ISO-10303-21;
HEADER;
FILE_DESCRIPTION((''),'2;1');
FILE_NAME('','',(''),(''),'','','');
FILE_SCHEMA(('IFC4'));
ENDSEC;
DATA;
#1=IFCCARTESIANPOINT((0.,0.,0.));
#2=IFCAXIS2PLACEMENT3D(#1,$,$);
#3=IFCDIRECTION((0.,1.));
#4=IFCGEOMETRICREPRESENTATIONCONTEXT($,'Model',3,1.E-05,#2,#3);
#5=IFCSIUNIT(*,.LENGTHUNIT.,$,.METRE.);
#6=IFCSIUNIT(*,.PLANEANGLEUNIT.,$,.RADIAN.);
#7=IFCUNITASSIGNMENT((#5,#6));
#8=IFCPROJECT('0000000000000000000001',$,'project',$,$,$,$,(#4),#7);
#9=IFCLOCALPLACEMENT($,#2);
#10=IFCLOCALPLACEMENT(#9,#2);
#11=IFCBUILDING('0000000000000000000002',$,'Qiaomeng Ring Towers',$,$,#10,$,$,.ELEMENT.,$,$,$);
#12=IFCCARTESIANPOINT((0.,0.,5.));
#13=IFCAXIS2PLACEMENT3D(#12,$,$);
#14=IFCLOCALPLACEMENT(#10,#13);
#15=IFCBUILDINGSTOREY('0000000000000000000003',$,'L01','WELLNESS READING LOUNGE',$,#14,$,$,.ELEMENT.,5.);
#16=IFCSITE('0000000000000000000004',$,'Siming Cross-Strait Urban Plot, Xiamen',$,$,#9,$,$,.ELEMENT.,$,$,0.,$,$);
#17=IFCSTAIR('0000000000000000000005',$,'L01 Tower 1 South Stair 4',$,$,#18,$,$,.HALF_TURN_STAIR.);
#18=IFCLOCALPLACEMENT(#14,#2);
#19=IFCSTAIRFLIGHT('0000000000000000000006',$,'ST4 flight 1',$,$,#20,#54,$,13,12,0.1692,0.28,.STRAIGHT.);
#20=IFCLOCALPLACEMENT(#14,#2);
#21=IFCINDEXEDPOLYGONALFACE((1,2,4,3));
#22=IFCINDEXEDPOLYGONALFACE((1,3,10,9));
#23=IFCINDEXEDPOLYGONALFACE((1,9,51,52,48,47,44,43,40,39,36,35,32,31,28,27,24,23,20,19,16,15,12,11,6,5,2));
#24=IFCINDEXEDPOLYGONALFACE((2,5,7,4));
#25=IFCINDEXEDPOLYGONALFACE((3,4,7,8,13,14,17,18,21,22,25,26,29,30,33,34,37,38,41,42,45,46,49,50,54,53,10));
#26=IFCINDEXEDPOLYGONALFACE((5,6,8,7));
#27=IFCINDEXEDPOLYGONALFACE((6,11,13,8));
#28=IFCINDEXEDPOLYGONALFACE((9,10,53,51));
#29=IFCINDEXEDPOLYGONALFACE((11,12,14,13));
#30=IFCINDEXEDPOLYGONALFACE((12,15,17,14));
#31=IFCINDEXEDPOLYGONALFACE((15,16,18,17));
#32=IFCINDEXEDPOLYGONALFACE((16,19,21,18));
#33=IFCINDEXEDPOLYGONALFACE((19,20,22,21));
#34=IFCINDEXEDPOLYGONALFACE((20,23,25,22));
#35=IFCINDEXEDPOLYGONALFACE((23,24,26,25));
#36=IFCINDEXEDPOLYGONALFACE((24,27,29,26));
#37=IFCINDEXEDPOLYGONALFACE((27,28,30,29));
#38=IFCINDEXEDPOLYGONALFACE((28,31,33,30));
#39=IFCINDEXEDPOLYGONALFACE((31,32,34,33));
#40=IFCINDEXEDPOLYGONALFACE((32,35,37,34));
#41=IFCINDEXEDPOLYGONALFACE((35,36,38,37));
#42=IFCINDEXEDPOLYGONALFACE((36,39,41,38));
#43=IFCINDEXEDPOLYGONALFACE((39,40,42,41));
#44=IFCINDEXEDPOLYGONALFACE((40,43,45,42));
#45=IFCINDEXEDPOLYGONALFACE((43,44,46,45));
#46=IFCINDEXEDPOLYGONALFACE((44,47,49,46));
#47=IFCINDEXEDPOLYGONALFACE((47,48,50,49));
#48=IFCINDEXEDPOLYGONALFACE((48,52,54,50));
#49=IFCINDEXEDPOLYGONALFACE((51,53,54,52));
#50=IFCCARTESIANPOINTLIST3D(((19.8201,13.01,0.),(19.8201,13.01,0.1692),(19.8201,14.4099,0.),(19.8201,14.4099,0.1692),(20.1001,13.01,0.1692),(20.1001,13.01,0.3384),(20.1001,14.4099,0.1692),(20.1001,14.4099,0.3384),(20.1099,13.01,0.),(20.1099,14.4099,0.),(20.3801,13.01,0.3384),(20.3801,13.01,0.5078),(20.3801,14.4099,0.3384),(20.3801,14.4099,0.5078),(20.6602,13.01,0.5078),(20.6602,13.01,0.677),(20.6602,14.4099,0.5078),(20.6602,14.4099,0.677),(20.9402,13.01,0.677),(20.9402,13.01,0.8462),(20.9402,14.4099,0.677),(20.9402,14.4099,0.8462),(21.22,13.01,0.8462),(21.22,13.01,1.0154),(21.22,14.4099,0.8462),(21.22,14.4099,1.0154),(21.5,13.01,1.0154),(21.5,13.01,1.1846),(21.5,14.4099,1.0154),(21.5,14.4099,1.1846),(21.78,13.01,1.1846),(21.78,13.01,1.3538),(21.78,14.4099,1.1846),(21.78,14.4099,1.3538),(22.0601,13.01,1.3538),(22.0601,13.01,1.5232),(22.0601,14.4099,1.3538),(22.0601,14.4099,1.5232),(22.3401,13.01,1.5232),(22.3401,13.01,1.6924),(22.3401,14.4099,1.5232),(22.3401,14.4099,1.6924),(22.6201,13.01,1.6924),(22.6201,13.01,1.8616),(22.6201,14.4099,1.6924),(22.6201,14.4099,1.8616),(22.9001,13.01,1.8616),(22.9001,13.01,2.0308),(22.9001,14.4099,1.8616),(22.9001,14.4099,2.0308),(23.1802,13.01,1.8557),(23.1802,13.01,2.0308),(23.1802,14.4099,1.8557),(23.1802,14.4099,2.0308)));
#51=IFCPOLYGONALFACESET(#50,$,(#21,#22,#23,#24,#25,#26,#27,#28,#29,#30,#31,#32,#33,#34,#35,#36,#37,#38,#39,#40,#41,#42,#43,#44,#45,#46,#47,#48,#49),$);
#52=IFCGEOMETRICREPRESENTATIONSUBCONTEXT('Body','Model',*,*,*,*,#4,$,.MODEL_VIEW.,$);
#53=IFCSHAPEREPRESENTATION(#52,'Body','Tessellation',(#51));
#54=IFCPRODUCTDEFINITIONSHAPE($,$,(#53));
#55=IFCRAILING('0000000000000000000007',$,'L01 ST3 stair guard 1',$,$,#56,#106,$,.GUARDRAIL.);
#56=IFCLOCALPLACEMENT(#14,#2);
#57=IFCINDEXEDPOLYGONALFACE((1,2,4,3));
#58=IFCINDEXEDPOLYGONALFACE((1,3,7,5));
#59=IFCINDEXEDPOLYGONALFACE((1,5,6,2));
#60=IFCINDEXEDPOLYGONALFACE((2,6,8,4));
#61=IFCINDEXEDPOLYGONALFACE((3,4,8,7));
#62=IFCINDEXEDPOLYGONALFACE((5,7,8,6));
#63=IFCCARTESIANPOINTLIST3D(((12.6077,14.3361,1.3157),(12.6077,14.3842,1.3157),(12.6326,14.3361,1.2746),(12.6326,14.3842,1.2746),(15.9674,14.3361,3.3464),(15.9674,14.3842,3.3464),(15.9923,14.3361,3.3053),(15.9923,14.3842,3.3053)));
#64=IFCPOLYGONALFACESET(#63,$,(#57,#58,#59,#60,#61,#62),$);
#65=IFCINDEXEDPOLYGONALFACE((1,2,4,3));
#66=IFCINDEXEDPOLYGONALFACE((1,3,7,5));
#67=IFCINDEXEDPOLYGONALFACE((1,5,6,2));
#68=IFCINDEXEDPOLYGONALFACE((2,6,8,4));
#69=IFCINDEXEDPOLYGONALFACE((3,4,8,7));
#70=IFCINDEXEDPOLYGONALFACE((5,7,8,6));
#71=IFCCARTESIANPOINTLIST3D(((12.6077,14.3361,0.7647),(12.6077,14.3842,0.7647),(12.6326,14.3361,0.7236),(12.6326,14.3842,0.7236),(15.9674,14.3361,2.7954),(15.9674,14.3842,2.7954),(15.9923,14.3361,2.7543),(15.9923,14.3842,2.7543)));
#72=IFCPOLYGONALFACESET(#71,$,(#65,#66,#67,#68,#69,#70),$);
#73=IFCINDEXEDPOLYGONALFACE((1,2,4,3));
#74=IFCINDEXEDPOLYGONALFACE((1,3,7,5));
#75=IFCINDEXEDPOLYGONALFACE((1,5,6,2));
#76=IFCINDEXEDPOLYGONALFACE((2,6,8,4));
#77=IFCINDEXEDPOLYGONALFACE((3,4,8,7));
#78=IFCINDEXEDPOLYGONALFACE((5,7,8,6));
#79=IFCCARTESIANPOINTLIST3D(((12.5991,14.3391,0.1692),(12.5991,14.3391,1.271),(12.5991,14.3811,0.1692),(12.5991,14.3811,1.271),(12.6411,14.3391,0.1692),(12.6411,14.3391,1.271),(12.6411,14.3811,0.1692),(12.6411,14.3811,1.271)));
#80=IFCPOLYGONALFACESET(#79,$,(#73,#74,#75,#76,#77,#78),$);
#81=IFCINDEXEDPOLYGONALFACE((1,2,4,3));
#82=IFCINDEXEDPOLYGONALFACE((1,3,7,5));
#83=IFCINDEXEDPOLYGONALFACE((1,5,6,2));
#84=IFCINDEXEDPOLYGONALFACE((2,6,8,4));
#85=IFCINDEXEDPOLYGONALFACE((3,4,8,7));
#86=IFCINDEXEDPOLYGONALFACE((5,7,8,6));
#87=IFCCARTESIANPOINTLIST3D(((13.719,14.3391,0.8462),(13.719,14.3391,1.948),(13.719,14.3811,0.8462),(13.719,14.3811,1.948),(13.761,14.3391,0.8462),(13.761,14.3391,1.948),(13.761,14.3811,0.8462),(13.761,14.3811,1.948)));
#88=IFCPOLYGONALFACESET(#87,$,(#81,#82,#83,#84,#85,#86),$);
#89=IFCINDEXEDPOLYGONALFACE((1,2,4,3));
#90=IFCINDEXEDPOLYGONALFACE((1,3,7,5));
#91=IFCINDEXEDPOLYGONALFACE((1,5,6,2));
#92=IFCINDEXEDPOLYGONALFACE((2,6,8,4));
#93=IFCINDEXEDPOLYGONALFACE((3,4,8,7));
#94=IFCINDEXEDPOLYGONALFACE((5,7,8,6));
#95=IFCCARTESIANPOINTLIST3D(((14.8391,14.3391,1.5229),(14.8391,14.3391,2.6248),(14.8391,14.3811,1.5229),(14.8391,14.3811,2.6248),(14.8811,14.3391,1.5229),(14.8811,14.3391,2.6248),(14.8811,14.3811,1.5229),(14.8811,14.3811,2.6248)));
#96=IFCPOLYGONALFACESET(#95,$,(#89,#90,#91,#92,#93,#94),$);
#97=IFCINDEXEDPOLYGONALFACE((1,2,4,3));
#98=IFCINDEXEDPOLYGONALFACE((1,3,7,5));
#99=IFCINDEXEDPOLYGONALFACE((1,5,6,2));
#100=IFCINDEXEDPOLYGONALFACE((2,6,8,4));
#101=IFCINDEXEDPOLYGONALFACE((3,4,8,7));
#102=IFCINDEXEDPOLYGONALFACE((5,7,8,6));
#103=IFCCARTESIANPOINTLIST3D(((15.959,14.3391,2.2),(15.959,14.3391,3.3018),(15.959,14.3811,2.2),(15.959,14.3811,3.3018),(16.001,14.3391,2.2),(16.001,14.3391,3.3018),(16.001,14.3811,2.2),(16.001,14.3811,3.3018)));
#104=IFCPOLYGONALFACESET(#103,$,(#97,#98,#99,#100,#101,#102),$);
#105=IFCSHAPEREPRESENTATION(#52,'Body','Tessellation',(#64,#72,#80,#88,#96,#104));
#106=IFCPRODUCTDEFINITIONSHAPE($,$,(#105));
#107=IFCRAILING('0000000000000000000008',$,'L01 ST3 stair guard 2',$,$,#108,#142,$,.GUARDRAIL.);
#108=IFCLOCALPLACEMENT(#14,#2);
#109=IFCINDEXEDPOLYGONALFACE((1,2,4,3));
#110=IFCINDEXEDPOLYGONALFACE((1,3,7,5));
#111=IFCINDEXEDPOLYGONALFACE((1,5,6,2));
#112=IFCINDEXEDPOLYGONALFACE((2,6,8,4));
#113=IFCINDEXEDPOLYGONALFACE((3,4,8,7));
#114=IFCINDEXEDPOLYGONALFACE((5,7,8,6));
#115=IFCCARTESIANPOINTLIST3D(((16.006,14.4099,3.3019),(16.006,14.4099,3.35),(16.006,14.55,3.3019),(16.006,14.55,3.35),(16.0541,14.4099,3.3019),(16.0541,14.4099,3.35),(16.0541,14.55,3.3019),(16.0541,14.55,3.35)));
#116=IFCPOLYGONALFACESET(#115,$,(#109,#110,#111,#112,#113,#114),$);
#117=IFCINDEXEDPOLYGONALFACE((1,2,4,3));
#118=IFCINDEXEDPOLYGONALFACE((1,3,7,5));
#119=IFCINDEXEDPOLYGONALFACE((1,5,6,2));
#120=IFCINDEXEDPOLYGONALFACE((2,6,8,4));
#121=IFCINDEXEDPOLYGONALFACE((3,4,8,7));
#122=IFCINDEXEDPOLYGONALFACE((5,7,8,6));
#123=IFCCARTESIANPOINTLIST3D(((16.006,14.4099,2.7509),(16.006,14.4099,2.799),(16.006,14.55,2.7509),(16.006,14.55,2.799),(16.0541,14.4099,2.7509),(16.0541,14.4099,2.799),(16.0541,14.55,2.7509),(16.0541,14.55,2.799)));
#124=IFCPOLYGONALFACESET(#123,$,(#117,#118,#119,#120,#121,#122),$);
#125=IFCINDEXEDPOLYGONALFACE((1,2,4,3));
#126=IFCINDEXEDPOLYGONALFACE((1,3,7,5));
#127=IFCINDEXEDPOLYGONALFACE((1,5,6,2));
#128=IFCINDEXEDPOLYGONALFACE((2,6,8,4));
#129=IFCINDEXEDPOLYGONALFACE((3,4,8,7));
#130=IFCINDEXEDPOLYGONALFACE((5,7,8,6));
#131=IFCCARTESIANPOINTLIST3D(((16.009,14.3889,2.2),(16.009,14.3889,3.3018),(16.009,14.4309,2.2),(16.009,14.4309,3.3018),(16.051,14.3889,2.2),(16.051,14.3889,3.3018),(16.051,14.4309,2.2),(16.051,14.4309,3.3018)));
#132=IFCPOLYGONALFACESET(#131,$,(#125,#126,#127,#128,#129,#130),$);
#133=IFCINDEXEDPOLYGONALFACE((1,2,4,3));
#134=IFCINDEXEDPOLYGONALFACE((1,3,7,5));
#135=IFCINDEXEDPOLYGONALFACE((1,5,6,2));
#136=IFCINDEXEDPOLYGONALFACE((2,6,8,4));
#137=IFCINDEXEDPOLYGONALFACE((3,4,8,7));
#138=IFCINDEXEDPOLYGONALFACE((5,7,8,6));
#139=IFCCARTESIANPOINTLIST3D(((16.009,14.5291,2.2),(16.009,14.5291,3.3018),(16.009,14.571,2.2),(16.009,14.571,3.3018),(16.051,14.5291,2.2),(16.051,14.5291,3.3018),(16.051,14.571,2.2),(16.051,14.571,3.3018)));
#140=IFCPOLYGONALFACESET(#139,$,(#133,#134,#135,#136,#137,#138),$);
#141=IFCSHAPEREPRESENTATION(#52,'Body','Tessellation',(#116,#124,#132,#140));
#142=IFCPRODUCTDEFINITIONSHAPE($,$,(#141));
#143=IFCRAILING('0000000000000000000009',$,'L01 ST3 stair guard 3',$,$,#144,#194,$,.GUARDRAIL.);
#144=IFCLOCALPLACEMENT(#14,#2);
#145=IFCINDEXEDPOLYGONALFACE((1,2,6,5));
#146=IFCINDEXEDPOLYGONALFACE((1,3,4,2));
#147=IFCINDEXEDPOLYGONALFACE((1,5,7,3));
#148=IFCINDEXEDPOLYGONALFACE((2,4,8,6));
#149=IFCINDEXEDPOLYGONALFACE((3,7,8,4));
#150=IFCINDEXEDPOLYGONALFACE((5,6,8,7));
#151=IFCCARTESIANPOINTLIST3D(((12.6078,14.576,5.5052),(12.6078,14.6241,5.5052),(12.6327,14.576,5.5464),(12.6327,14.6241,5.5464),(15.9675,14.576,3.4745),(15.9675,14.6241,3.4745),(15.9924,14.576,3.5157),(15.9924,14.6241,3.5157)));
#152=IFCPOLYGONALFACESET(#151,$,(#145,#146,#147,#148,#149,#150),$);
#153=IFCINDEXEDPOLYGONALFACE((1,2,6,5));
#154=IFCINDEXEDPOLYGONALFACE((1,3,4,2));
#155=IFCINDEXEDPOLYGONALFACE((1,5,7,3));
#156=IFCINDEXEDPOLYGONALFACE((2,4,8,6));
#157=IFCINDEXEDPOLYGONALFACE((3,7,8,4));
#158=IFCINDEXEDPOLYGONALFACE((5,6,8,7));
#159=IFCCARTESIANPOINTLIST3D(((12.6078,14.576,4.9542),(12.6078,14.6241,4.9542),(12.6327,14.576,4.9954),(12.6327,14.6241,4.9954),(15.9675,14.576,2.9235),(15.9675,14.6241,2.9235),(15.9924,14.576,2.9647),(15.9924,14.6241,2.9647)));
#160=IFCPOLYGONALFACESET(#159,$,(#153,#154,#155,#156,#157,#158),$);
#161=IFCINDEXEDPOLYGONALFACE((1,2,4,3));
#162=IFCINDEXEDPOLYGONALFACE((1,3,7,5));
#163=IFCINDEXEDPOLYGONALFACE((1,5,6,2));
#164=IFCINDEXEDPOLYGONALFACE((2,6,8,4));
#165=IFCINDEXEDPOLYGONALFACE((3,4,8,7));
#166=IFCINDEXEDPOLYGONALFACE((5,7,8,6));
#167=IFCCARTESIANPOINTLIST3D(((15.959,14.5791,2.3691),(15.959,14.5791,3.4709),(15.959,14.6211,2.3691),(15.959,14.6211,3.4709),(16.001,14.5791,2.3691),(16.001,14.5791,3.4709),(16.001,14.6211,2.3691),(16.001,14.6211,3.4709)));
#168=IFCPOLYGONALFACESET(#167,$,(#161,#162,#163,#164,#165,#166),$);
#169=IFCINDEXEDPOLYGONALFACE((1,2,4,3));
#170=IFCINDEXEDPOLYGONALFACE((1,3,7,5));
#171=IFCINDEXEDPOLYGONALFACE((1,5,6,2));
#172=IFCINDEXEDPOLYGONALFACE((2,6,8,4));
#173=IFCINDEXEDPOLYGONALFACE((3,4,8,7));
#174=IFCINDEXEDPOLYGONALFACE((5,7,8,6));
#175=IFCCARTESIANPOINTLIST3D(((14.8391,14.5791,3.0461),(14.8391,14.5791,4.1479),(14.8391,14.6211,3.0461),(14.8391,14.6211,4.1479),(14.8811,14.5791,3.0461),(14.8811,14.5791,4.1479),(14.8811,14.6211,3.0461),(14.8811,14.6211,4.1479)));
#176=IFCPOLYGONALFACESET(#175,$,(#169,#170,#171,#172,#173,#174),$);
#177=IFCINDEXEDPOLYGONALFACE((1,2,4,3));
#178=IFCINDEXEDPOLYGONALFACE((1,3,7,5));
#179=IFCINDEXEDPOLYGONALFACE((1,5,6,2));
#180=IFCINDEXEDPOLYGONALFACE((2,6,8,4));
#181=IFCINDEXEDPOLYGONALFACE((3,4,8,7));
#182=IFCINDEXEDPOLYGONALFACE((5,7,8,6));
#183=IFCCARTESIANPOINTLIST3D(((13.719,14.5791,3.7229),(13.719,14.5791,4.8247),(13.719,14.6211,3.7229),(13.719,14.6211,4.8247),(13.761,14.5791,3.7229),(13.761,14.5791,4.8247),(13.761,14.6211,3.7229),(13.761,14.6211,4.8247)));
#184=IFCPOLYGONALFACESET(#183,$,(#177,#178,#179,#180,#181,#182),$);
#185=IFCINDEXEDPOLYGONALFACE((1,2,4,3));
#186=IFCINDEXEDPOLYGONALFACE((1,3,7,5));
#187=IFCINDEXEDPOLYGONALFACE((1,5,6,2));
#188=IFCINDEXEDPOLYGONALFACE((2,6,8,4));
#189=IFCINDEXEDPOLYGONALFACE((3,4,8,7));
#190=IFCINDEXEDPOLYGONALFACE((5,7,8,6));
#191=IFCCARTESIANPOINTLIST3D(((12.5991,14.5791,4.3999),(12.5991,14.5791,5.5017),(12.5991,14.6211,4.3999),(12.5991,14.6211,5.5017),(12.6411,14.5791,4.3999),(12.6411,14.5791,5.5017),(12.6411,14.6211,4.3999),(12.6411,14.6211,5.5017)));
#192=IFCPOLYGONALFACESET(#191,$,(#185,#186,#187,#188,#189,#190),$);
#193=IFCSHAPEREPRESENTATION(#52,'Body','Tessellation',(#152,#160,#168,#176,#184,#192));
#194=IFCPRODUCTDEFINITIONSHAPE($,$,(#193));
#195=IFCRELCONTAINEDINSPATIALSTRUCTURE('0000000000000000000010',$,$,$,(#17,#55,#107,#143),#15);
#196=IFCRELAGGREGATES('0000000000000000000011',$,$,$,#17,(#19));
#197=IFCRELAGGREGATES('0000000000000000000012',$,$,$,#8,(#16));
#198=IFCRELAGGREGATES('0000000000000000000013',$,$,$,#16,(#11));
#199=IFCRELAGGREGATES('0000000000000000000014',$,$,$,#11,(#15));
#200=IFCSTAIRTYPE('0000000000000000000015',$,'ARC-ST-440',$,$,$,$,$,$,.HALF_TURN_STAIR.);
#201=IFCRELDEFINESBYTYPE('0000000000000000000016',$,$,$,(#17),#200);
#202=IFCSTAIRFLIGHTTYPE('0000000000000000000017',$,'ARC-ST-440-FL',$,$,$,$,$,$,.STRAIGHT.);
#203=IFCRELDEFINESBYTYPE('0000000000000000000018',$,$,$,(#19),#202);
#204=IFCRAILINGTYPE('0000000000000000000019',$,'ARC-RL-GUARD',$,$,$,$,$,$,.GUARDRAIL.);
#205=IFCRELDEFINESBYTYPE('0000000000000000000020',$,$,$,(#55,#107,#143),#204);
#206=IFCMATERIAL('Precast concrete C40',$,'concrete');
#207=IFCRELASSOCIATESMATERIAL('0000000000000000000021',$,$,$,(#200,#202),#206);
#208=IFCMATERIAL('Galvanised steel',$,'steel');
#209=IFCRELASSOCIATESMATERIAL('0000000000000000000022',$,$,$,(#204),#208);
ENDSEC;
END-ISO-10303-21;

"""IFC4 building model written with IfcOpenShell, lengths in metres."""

from ifc_helpers import new_model, si_unit, direction, frame, origin, origin_2d, place, context, subcontext, project, spatial, polyline, rectangle, outline, extrude, source, transform, mapped, material, type_object, element, aggregate, save


model = new_model("IFC4")

# Units and contexts
model_context = context("Model", 3, precision=1e-05, world=origin(), true_north=direction((0.0, 1.0)))
body_context = subcontext(model_context, "Body", "Model", "MODEL_VIEW")
ifc_project = project(units=[si_unit("LENGTHUNIT", "METRE"), si_unit("PLANEANGLEUNIT", "RADIAN")], contexts=[model_context])

# Site, building, storey
site_placement = place(None, origin())
site = spatial("IfcSite", under=ifc_project, at=site_placement, Name="Siming Cross-Strait Urban Plot, Xiamen", CompositionType="ELEMENT", RefElevation=0.0)
building_placement = place(site_placement, origin())
building = spatial("IfcBuilding", under=site, at=building_placement, Name="Qiaomeng Ring Towers", CompositionType="ELEMENT")
storey_placement = place(building_placement, frame((0.0, 0.0, 5.0)))
storey = spatial("IfcBuildingStorey", under=building, at=storey_placement, Name="L01", Description="WELLNESS READING LOUNGE", CompositionType="ELEMENT", Elevation=5.0)

# Shared definitions
ifc_material_1 = material(Name="Precast concrete C40", Category="concrete")

# Shared definitions
ifc_material_2 = material(Name="Galvanised steel", Category="steel")

# Shared definitions
stair_type = type_object("IfcStairType", Name="ARC-ST-440", PredefinedType="HALF_TURN_STAIR", material=ifc_material_1)
stair_flight_type = type_object("IfcStairFlightType", Name="ARC-ST-440-FL", PredefinedType="STRAIGHT", material=ifc_material_1)
shared_shape_1 = source(origin(), body_context, "Body", "SweptSolid", [
    extrude(outline(polyline([(0.0, 0.0), (0.0, 0.1692), (0.28, 0.1692), (0.28, 0.3384), (0.5601, 0.3384), (0.5601, 0.5078), (0.8401, 0.5078), (0.8401, 0.677), (1.1201, 0.677), (1.1201, 0.8462), (1.3999, 0.8462), (1.3999, 1.0154), (1.6799, 1.0154), (1.6799, 1.1846), (1.96, 1.1846), (1.96, 1.3538), (2.24, 1.3538), (2.24, 1.5232), (2.52, 1.5232), (2.52, 1.6924), (2.8, 1.6924), (2.8, 1.8616), (3.0801, 1.8616), (3.0801, 2.0308), (3.3601, 2.0308), (3.3601, 2.2), (3.3601, 1.8557), (0.2898, 0.0), (0.0, 0.0)])), frame((0.0, 0.7, 0.0), z_axis=(0.0, -1.0, 0.0), x_axis=(1.0, 0.0, 0.0)), (0.0, 0.0, 1.0), 1.3999),
])

# Stair, stair flight
stair_1_placement = place(storey_placement, origin())
stair_1 = element("IfcStair", 1, at=stair_1_placement, inside=storey, type_object=stair_type, Name="L01 Tower 1 South Stair 4", PredefinedType="HALF_TURN_STAIR")
stair_flight_1_placement = place(storey_placement, frame((19.8201, 13.71, 0.0), z_axis=(0.0, 0.0, 1.0), x_axis=(1.0, 0.0, 0.0)))
stair_flight_1 = element("IfcStairFlight", 2, at=stair_flight_1_placement, type_object=stair_flight_type, Name="ST4 flight 1", NumberOfRisers=13, NumberOfTreads=12, PredefinedType="STRAIGHT", RiserHeight=0.1692, TreadLength=0.28, context=body_context, shape_type="MappedRepresentation", body=[
    mapped(shared_shape_1, transform((0.0, 0.0, 0.0), x_axis=(1.0, 0.0, 0.0), y_axis=(0.0, 1.0, 0.0), z_axis=(0.0, 0.0, 1.0), scale=1.0)),
])
aggregate(stair_1, [stair_flight_1])

# Railings
railing_type_1 = type_object("IfcRailingType", Name="ARC-RL-GUARD", PredefinedType="GUARDRAIL", material=ifc_material_2)
railing_1_placement = place(storey_placement, frame((12.6201, 14.3601, 0.1692)))
element("IfcRailing", 3, at=railing_1_placement, inside=storey, type_object=railing_type_1, Name="L01 ST3 stair guard 1", PredefinedType="GUARDRAIL", context=body_context, shape_type="SweptSolid", body=[
    extrude(rectangle(XDim=0.0481, YDim=0.0481, at=origin_2d()), frame((0.0, 0.0, 1.126), z_axis=(0.85582, 0.0, 0.517273), x_axis=(0.0, 1.0, 0.0)), (0.0, 0.0, 1.0), 3.9258),
    extrude(rectangle(XDim=0.0481, YDim=0.0481, at=origin_2d()), frame((0.0, 0.0, 0.575), z_axis=(0.85582, 0.0, 0.517273), x_axis=(0.0, 1.0, 0.0)), (0.0, 0.0, 1.0), 3.9258),
    extrude(rectangle(XDim=0.042, YDim=0.042, at=origin_2d()), origin(), (0.0, 0.0, 1.0), 1.1018),
    extrude(rectangle(XDim=0.042, YDim=0.042, at=origin_2d()), frame((1.1199, 0.0, 0.677)), (0.0, 0.0, 1.0), 1.1018),
    extrude(rectangle(XDim=0.042, YDim=0.042, at=origin_2d()), frame((2.24, 0.0, 1.3538)), (0.0, 0.0, 1.0), 1.1018),
    extrude(rectangle(XDim=0.042, YDim=0.042, at=origin_2d()), frame((3.3599, 0.0, 2.0308)), (0.0, 0.0, 1.0), 1.1018),
])
railing_2_placement = place(storey_placement, frame((16.03, 14.4099, 2.2)))
element("IfcRailing", 4, at=railing_2_placement, inside=storey, type_object=railing_type_1, Name="L01 ST3 stair guard 2", PredefinedType="GUARDRAIL", context=body_context, shape_type="SweptSolid", body=[
    extrude(rectangle(XDim=0.0481, YDim=0.0481, at=origin_2d()), frame((0.0, 0.0, 1.126), z_axis=(0.0, 1.0, 0.0), x_axis=(-1.0, 0.0, 0.0)), (0.0, 0.0, 1.0), 0.1401),
    extrude(rectangle(XDim=0.0481, YDim=0.0481, at=origin_2d()), frame((0.0, 0.0, 0.575), z_axis=(0.0, 1.0, 0.0), x_axis=(-1.0, 0.0, 0.0)), (0.0, 0.0, 1.0), 0.1401),
    extrude(rectangle(XDim=0.042, YDim=0.042, at=origin_2d()), origin(), (0.0, 0.0, 1.0), 1.1018),
    extrude(rectangle(XDim=0.042, YDim=0.042, at=origin_2d()), frame((0.0, 0.1401, 0.0)), (0.0, 0.0, 1.0), 1.1018),
])
railing_3_placement = place(storey_placement, frame((15.98, 14.6001, 2.3691)))
element("IfcRailing", 5, at=railing_3_placement, inside=storey, type_object=railing_type_1, Name="L01 ST3 stair guard 3", PredefinedType="GUARDRAIL", context=body_context, shape_type="SweptSolid", body=[
    extrude(rectangle(XDim=0.0481, YDim=0.0481, at=origin_2d()), frame((0.0, 0.0, 1.126), z_axis=(-0.85582, 0.0, 0.517273), x_axis=(0.0, -1.0, 0.0)), (0.0, 0.0, 1.0), 3.9258),
    extrude(rectangle(XDim=0.0481, YDim=0.0481, at=origin_2d()), frame((0.0, 0.0, 0.575), z_axis=(-0.85582, 0.0, 0.517273), x_axis=(0.0, -1.0, 0.0)), (0.0, 0.0, 1.0), 3.9258),
    extrude(rectangle(XDim=0.042, YDim=0.042, at=origin_2d()), origin(), (0.0, 0.0, 1.0), 1.1018),
    extrude(rectangle(XDim=0.042, YDim=0.042, at=origin_2d()), frame((-1.1199, 0.0, 0.677)), (0.0, 0.0, 1.0), 1.1018),
    extrude(rectangle(XDim=0.042, YDim=0.042, at=origin_2d()), frame((-2.24, 0.0, 1.3538)), (0.0, 0.0, 1.0), 1.1018),
    extrude(rectangle(XDim=0.042, YDim=0.042, at=origin_2d()), frame((-3.3599, 0.0, 2.0308)), (0.0, 0.0, 1.0), 1.1018),
])

save(model, "model.ifc")
